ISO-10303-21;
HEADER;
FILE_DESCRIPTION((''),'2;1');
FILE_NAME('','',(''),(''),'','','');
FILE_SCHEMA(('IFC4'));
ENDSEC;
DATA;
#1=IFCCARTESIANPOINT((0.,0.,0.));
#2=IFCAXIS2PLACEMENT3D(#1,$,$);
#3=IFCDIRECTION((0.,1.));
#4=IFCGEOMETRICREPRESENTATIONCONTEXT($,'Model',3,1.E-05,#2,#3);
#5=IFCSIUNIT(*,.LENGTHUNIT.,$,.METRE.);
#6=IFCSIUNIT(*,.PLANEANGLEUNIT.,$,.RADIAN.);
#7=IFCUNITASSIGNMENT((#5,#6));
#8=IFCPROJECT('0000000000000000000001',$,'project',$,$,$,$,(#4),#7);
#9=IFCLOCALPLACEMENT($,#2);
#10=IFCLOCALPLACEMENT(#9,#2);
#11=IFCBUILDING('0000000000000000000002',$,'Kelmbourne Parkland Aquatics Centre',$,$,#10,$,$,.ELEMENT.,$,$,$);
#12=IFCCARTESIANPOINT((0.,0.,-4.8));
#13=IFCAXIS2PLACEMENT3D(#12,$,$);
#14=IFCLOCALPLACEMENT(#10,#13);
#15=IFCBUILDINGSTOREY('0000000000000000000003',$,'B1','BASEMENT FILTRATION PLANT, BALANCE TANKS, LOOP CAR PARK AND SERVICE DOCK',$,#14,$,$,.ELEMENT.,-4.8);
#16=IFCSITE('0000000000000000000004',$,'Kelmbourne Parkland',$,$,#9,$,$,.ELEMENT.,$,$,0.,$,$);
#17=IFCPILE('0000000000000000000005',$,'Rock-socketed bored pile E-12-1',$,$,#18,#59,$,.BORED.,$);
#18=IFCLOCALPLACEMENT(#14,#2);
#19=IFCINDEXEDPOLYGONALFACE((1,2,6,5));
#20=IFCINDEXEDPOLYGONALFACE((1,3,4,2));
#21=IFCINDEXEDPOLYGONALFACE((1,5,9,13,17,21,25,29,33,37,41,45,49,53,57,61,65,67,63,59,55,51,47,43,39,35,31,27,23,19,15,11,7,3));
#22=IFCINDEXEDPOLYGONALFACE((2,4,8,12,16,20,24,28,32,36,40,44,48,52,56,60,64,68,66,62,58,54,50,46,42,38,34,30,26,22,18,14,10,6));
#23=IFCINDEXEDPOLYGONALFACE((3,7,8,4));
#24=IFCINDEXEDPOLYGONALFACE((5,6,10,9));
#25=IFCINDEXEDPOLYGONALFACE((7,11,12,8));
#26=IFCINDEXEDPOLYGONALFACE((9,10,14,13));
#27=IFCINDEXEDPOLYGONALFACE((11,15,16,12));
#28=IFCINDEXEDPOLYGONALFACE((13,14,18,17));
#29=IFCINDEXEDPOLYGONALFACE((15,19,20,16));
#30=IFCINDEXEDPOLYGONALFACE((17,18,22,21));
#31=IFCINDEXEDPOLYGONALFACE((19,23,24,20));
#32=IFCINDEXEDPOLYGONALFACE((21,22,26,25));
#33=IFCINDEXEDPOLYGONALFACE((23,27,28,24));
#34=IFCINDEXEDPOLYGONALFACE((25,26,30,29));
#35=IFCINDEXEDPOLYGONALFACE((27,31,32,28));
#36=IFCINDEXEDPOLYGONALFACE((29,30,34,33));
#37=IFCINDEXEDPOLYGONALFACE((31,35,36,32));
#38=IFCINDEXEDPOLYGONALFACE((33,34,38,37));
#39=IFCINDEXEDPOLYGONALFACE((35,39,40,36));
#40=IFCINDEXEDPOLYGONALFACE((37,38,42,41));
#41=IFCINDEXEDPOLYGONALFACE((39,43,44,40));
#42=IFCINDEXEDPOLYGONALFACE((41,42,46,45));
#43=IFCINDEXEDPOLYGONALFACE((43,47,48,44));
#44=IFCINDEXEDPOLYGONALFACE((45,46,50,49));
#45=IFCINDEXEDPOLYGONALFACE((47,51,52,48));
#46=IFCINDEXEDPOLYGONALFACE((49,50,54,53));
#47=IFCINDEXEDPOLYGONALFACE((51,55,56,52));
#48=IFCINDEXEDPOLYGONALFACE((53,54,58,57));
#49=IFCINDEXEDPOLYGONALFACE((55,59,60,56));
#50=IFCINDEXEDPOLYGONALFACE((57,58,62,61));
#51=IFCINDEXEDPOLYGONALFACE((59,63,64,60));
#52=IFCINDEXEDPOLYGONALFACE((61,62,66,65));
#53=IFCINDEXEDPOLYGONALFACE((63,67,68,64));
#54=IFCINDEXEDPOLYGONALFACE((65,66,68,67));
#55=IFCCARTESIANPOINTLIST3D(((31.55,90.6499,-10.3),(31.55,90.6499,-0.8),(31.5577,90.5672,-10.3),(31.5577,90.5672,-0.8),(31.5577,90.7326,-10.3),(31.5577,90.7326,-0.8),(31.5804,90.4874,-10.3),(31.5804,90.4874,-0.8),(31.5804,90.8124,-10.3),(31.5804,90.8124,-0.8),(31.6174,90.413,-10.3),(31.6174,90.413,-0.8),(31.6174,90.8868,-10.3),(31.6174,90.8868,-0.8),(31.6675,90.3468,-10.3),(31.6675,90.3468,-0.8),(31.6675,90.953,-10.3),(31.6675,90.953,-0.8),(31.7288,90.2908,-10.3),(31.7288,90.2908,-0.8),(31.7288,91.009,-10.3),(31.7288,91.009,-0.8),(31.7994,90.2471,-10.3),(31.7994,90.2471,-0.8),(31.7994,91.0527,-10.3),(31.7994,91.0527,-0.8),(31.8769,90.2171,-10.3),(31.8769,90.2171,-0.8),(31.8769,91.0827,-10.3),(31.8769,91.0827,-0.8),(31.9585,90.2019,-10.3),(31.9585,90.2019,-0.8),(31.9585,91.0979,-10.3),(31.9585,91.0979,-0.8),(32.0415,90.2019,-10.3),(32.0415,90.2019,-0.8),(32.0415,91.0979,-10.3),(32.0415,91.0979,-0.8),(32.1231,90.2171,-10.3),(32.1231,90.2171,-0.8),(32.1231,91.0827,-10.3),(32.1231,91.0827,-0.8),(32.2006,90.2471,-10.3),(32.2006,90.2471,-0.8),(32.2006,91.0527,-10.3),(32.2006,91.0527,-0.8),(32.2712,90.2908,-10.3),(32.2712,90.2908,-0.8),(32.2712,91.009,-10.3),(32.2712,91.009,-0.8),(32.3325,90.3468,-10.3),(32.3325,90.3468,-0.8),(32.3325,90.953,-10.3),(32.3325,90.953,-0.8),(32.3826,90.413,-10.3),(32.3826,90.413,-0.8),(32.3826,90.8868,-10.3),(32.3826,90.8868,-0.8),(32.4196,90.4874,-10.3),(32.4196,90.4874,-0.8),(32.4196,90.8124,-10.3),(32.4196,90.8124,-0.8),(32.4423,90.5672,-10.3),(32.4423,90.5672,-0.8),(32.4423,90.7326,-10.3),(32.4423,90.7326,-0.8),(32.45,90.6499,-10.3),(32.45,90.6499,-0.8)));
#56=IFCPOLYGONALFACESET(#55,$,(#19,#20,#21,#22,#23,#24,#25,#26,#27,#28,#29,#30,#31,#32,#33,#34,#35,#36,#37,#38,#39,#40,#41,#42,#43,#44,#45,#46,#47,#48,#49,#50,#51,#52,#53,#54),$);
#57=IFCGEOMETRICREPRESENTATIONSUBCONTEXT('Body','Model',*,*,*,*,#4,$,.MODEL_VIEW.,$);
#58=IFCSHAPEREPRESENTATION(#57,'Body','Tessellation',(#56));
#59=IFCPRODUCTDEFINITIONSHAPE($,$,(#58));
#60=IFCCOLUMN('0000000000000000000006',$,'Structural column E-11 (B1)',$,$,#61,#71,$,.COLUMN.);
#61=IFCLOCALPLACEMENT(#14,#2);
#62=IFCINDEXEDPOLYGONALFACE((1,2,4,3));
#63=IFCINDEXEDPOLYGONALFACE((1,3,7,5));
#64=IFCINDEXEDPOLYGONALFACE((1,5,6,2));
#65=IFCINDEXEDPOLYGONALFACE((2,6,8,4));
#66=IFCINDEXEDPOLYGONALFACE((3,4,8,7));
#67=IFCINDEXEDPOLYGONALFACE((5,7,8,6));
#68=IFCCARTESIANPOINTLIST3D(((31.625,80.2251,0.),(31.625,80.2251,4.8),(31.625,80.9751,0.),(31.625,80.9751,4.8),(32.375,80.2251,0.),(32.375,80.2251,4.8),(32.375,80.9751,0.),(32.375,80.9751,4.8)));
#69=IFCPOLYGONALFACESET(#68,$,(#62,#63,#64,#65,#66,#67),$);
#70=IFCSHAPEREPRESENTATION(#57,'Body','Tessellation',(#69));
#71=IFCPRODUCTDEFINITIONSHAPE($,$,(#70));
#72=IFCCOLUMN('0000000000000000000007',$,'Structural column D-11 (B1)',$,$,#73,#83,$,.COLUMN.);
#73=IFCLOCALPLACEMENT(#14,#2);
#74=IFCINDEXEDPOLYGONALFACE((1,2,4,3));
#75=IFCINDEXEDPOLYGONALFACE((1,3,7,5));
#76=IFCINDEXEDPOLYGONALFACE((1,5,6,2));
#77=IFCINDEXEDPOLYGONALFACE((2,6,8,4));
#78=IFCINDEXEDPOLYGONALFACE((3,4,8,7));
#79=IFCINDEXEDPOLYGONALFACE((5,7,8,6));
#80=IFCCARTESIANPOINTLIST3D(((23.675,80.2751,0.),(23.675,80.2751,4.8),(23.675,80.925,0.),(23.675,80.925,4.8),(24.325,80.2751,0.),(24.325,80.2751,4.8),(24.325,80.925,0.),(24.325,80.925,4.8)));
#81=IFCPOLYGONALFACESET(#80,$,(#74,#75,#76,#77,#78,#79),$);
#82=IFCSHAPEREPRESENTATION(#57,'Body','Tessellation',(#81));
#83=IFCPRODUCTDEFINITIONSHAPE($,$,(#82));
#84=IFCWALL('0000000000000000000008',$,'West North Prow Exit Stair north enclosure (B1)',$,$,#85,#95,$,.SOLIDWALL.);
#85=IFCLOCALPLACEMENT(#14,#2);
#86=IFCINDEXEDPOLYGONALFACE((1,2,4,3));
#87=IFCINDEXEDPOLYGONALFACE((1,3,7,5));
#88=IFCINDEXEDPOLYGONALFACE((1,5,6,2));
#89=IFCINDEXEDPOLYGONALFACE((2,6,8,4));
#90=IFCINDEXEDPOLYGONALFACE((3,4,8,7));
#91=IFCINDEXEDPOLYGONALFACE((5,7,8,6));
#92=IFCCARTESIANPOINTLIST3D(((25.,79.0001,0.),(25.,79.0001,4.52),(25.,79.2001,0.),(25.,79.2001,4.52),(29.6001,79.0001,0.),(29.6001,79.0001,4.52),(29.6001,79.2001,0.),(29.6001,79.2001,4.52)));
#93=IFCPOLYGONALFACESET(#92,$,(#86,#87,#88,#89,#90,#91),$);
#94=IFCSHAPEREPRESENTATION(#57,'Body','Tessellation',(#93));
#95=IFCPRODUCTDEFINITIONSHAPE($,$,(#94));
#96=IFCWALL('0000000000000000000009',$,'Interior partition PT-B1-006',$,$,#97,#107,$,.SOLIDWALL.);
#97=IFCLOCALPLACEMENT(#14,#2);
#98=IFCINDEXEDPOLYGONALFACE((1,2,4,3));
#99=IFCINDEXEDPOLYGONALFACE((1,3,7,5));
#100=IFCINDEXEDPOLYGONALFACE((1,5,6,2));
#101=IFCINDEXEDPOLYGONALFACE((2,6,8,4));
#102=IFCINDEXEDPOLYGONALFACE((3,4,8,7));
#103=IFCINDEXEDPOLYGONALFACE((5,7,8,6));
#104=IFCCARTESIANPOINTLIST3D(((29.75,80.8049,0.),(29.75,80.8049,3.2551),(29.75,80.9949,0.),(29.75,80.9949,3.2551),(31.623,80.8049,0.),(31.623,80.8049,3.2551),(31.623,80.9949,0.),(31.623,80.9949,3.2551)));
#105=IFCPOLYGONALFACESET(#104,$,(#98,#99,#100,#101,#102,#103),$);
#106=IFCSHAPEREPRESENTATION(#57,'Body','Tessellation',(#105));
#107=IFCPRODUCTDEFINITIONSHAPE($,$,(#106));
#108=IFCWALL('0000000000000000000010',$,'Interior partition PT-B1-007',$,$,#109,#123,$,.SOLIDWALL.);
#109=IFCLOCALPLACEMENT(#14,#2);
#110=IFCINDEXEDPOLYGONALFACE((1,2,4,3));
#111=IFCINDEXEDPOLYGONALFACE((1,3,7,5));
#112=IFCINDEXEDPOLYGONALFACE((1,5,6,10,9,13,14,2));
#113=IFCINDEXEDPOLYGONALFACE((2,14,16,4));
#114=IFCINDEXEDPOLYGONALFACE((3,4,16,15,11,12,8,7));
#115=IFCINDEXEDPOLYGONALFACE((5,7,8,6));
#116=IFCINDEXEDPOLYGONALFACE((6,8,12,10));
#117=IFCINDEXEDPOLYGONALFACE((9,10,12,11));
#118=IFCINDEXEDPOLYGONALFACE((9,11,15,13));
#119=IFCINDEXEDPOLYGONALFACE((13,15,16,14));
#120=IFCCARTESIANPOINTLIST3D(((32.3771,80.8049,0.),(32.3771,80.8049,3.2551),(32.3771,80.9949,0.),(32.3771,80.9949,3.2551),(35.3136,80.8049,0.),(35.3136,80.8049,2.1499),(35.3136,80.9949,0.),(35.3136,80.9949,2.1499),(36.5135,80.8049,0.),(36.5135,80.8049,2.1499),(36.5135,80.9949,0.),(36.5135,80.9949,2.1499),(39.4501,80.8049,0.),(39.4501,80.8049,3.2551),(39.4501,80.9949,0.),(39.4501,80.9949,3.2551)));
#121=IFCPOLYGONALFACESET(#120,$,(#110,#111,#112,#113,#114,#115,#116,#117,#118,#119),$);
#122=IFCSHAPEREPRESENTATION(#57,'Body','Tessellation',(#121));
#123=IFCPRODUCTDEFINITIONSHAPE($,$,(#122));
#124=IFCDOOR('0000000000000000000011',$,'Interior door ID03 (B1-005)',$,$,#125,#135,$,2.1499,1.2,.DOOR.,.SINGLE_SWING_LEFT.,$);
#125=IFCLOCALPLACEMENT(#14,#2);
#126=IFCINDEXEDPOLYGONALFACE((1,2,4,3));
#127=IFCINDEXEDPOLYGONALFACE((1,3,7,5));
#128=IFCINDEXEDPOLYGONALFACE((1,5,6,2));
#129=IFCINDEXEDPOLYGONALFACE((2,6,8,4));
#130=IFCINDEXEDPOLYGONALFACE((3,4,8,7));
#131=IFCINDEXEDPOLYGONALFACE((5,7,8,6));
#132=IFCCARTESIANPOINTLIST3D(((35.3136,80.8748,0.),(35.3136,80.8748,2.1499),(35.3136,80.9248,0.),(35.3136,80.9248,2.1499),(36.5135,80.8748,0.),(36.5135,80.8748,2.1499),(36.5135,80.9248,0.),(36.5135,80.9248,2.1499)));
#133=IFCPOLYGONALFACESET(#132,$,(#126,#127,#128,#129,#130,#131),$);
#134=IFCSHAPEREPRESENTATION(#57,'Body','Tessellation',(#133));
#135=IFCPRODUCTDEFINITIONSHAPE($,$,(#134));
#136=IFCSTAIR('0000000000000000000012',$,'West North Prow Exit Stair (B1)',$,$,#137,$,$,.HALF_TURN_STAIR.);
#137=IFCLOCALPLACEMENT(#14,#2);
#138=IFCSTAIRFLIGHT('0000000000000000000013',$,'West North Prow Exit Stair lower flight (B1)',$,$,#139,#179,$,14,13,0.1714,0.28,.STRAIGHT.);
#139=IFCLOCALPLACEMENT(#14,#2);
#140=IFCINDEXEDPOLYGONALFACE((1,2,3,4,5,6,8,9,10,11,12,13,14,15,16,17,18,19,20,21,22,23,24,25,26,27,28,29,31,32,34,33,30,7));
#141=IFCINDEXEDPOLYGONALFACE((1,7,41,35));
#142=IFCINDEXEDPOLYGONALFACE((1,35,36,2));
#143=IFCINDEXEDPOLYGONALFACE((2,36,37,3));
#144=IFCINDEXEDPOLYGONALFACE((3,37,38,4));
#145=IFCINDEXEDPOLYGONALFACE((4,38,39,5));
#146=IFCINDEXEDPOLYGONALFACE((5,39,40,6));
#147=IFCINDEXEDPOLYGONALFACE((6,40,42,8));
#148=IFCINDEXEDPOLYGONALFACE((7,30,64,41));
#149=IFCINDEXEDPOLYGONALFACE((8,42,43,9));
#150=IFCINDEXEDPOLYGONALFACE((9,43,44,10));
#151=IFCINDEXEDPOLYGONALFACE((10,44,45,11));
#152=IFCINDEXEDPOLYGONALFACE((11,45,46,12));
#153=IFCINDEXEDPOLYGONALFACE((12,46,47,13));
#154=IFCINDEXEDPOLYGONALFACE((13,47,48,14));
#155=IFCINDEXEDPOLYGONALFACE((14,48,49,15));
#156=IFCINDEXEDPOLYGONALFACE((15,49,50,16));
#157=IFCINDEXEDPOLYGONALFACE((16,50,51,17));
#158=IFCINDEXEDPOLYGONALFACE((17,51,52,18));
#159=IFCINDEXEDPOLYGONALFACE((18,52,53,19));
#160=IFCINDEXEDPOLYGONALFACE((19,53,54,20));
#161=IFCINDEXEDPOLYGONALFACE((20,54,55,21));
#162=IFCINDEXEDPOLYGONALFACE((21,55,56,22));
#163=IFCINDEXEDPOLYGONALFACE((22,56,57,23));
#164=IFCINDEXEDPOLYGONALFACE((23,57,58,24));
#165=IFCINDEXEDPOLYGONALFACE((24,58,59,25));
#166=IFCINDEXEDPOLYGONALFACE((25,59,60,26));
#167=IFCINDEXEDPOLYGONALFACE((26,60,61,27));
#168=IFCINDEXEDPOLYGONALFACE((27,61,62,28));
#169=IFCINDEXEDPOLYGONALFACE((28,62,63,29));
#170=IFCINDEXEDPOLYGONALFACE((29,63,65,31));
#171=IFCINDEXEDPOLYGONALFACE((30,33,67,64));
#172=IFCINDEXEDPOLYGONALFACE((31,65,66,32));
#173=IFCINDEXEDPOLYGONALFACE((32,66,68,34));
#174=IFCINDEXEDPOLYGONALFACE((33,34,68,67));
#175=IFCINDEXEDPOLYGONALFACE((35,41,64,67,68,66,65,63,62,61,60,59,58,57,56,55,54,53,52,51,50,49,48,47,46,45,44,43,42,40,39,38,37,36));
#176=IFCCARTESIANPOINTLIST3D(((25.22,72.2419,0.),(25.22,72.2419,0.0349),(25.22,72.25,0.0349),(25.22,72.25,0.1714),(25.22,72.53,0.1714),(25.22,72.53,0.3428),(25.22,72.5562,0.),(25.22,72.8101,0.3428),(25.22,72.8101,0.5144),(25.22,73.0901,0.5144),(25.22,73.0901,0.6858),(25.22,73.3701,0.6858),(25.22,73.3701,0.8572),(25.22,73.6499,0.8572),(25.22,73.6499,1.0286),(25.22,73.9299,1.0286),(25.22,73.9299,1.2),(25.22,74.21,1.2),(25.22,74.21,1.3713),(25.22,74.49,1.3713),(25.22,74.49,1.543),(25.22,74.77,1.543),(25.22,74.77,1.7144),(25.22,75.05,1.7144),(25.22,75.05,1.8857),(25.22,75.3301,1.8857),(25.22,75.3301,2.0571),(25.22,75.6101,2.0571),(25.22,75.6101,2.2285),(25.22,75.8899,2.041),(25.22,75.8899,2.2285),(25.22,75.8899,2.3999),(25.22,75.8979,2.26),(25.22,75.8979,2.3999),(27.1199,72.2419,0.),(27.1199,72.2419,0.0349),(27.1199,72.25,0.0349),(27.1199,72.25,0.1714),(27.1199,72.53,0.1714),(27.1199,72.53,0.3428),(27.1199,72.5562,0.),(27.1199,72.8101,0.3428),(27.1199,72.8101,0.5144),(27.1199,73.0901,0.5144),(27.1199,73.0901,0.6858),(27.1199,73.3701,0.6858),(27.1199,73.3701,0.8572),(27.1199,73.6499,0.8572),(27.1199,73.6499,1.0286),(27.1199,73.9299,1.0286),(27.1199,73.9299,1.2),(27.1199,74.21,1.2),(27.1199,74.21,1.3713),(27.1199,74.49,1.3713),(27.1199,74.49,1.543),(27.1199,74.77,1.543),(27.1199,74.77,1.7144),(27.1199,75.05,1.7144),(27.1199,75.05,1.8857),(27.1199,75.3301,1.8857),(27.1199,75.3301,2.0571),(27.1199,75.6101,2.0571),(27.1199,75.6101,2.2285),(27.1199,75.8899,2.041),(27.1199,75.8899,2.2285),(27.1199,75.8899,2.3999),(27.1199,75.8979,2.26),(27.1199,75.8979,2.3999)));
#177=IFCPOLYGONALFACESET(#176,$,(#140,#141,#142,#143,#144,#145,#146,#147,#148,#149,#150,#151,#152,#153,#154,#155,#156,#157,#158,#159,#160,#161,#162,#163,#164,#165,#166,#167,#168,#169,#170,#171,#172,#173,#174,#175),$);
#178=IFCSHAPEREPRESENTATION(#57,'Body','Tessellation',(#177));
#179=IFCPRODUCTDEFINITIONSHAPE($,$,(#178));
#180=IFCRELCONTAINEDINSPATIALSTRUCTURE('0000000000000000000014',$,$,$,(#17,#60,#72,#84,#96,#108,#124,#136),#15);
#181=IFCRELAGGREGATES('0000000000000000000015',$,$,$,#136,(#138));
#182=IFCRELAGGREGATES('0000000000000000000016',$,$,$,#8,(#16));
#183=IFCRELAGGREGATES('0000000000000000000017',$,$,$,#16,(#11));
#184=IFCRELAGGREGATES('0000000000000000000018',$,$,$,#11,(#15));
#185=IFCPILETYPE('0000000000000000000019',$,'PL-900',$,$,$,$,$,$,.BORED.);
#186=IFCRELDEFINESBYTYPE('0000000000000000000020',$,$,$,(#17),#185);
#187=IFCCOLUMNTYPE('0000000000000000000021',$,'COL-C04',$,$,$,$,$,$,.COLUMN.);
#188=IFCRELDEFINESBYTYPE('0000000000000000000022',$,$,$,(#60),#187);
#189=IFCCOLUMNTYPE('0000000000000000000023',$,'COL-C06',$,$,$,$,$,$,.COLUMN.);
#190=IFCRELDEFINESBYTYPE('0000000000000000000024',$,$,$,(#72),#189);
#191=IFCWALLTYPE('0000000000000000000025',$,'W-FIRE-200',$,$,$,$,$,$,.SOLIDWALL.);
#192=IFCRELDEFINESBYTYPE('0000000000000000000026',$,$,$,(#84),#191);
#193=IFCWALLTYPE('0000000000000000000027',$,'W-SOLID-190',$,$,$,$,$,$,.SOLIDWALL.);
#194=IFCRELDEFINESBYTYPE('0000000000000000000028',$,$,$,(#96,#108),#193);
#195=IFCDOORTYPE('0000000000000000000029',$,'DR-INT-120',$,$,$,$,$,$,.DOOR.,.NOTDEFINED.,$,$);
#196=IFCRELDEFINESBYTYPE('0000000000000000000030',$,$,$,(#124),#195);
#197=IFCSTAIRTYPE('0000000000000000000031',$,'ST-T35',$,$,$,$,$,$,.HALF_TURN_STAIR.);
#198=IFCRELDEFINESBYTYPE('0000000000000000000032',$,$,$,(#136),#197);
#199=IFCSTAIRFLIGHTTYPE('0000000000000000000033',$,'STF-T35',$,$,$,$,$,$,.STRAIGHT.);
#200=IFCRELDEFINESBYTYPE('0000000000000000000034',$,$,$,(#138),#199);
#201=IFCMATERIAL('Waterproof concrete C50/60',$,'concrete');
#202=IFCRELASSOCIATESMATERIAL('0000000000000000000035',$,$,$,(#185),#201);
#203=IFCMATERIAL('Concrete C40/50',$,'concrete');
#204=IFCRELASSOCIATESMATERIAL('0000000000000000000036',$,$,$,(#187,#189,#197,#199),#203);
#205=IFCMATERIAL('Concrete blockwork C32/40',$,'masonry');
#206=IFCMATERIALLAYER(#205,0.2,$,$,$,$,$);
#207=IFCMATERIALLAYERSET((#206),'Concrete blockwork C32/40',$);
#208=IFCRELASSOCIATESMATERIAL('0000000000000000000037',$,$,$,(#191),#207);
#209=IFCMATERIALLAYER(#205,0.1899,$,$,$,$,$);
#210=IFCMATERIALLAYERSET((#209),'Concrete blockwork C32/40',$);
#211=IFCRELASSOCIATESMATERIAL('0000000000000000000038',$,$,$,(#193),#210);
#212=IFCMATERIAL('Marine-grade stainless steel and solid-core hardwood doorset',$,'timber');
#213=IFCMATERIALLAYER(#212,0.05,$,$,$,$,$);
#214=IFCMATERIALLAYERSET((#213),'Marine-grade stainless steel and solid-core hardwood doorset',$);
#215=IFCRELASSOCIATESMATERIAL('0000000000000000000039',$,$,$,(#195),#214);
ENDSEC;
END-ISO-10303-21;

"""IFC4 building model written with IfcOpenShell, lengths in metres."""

from ifc_helpers import new_model, si_unit, direction, frame, frame_2d, origin, origin_2d, place, context, subcontext, project, spatial, polyline, rectangle, circle, outline, extrude, material, layer, layer_set, material_profile, profile_set, type_object, element, fill, aggregate, save


model = new_model("IFC4")

# Units and contexts
model_context = context("Model", 3, precision=1e-05, world=origin(), true_north=direction((0.0, 1.0)))
body_context = subcontext(model_context, "Body", "Model", "MODEL_VIEW")
ifc_project = project(units=[si_unit("LENGTHUNIT", "METRE"), si_unit("PLANEANGLEUNIT", "RADIAN")], contexts=[model_context])

# Site, building, storey
site_placement = place(None, origin())
site = spatial("IfcSite", under=ifc_project, at=site_placement, Name="Kelmbourne Parkland", CompositionType="ELEMENT", RefElevation=0.0)
building_placement = place(site_placement, origin())
building = spatial("IfcBuilding", under=site, at=building_placement, Name="Kelmbourne Parkland Aquatics Centre", CompositionType="ELEMENT")
storey_placement = place(building_placement, frame((0.0, 0.0, -4.8)))
storey = spatial("IfcBuildingStorey", under=building, at=storey_placement, Name="B1", Description="BASEMENT FILTRATION PLANT, BALANCE TANKS, LOOP CAR PARK AND SERVICE DOCK", CompositionType="ELEMENT", Elevation=-4.8)

# Shared definitions
ifc_material_1 = material(Name="Waterproof concrete C50/60", Category="concrete")

# Pile
ifc_material_profile_1 = material_profile(ifc_material_1, circle(Radius=0.45, at=origin_2d()), Name="PILE D900")
ifc_profile_set_1 = profile_set([ifc_material_profile_1], Name="Waterproof concrete C50/60")
pile_type_1 = type_object("IfcPileType", Name="PL-900", PredefinedType="BORED", material=ifc_profile_set_1)
pile_1_placement = place(storey_placement, frame((32.0, 90.6499, -0.8), z_axis=(0.0, 0.0, -1.0), x_axis=(1.0, 0.0, 0.0)))
element("IfcPile", 1, at=pile_1_placement, inside=storey, type_object=pile_type_1, Name="Rock-socketed bored pile E-12-1", PredefinedType="BORED", context=body_context, shape_type="SweptSolid", body=[
    extrude(circle(Radius=0.45, at=origin_2d()), origin(), (0.0, 0.0, 1.0), 9.5),
])

# Columns
ifc_material_2 = material(Name="Concrete C40/50", Category="concrete")
ifc_material_profile_2 = material_profile(ifc_material_2, rectangle(XDim=0.75, YDim=0.75, at=origin_2d()), Name="RC 750x750")
ifc_profile_set_2 = profile_set([ifc_material_profile_2], Name="Concrete C40/50")
column_type_1 = type_object("IfcColumnType", Name="COL-C04", PredefinedType="COLUMN", material=ifc_profile_set_2)
column_1_placement = place(storey_placement, frame((32.0, 80.6001, 0.0), z_axis=(0.0, 0.0, 1.0), x_axis=(1.0, 0.0, 0.0)))
element("IfcColumn", 2, at=column_1_placement, inside=storey, type_object=column_type_1, Name="Structural column E-11 (B1)", PredefinedType="COLUMN", context=body_context, shape_type="SweptSolid", body=[
    extrude(rectangle(XDim=0.75, YDim=0.75, at=origin_2d()), origin(), (0.0, 0.0, 1.0), 4.8),
])
ifc_material_profile_3 = material_profile(ifc_material_2, rectangle(XDim=0.6499, YDim=0.6499, at=origin_2d()), Name="RC 650x650")
ifc_profile_set_3 = profile_set([ifc_material_profile_3], Name="Concrete C40/50")
column_type_2 = type_object("IfcColumnType", Name="COL-C06", PredefinedType="COLUMN", material=ifc_profile_set_3)
column_2_placement = place(storey_placement, frame((24.0, 80.6001, 0.0), z_axis=(0.0, 0.0, 1.0), x_axis=(1.0, 0.0, 0.0)))
element("IfcColumn", 3, at=column_2_placement, inside=storey, type_object=column_type_2, Name="Structural column D-11 (B1)", PredefinedType="COLUMN", context=body_context, shape_type="SweptSolid", body=[
    extrude(rectangle(XDim=0.6499, YDim=0.6499, at=origin_2d()), origin(), (0.0, 0.0, 1.0), 4.8),
])

# Walls
ifc_material_3 = material(Name="Concrete blockwork C32/40", Category="masonry")
ifc_layer_1 = layer(ifc_material_3, 0.2)
ifc_layer_set_1 = layer_set([ifc_layer_1], Name="Concrete blockwork C32/40")
wall_type_1 = type_object("IfcWallType", Name="W-FIRE-200", PredefinedType="SOLIDWALL", material=ifc_layer_set_1)
wall_1_placement = place(storey_placement, frame((25.0, 79.1001, 0.0), z_axis=(0.0, 0.0, 1.0), x_axis=(1.0, 0.0, 0.0)))
element("IfcWall", 4, at=wall_1_placement, inside=storey, type_object=wall_type_1, Name="West North Prow Exit Stair north enclosure (B1)", PredefinedType="SOLIDWALL", context=body_context, shape_type="SweptSolid", body=[
    extrude(rectangle(XDim=4.6001, YDim=0.2, at=frame_2d((2.3, 0.0))), origin(), (0.0, 0.0, 1.0), 4.52),
])
ifc_layer_2 = layer(ifc_material_3, 0.1899)
ifc_layer_set_2 = layer_set([ifc_layer_2], Name="Concrete blockwork C32/40")
wall_type_2 = type_object("IfcWallType", Name="W-SOLID-190", PredefinedType="SOLIDWALL", material=ifc_layer_set_2)
wall_2_placement = place(storey_placement, frame((29.75, 80.8999, 0.0), z_axis=(0.0, 0.0, 1.0), x_axis=(1.0, 0.0, 0.0)))
element("IfcWall", 5, at=wall_2_placement, inside=storey, type_object=wall_type_2, Name="Interior partition PT-B1-006", PredefinedType="SOLIDWALL", context=body_context, shape_type="SweptSolid", body=[
    extrude(rectangle(XDim=1.873, YDim=0.1899, at=frame_2d((0.9365, 0.0))), origin(), (0.0, 0.0, 1.0), 3.2551),
])

# Wall, opening, door
wall_3_placement = place(storey_placement, frame((32.377, 80.8999, 0.0), z_axis=(0.0, 0.0, 1.0), x_axis=(1.0, 0.0, 0.0)))
wall_3 = element("IfcWall", 6, at=wall_3_placement, inside=storey, type_object=wall_type_2, Name="Interior partition PT-B1-007", PredefinedType="SOLIDWALL", context=body_context, shape_type="SweptSolid", body=[
    extrude(rectangle(XDim=7.073, YDim=0.1899, at=frame_2d((3.5366, 0.0))), origin(), (0.0, 0.0, 1.0), 3.2551),
])
opening_placement = place(wall_3_placement, frame((2.9365, 0.0, 0.0)))
opening = element("IfcOpeningElement", 7, at=opening_placement, cuts=wall_3, PredefinedType="OPENING", context=body_context, shape_type="SweptSolid", body=[
    extrude(rectangle(XDim=1.2, YDim=2.1499, at=frame_2d((0.6001, 1.075))), frame((0.0, 0.1069, 0.0), z_axis=(0.0, -1.0, 0.0), x_axis=(1.0, 0.0, 0.0)), (0.0, 0.0, 1.0), 0.2139),
])
ifc_material_4 = material(Name="Marine-grade stainless steel and solid-core hardwood doorset", Category="timber")
ifc_layer_3 = layer(ifc_material_4, 0.05)
ifc_layer_set_3 = layer_set([ifc_layer_3], Name="Marine-grade stainless steel and solid-core hardwood doorset")
door_type = type_object("IfcDoorType", Name="DR-INT-120", OperationType="NOTDEFINED", PredefinedType="DOOR", material=ifc_layer_set_3)
door_placement = place(opening_placement, origin())
door = element("IfcDoor", 8, at=door_placement, inside=storey, type_object=door_type, Name="Interior door ID03 (B1-005)", OperationType="SINGLE_SWING_LEFT", OverallHeight=2.1499, OverallWidth=1.2, PredefinedType="DOOR", context=body_context, shape_type="SweptSolid", body=[
    extrude(rectangle(XDim=1.2, YDim=2.1499, at=frame_2d((0.6001, 1.075))), frame((0.0, 0.0249, 0.0), z_axis=(0.0, -1.0, 0.0), x_axis=(1.0, 0.0, 0.0)), (0.0, 0.0, 1.0), 0.05),
])
fill(opening, door)

# Stair, stair flight
stair_type = type_object("IfcStairType", Name="ST-T35", PredefinedType="HALF_TURN_STAIR", material=ifc_material_2)
stair_placement = place(storey_placement, origin())
stair = element("IfcStair", 9, at=stair_placement, inside=storey, type_object=stair_type, Name="West North Prow Exit Stair (B1)", PredefinedType="HALF_TURN_STAIR")
stair_flight_type = type_object("IfcStairFlightType", Name="STF-T35", PredefinedType="STRAIGHT", material=ifc_material_2)
stair_flight_1_placement = place(storey_placement, frame((26.1699, 72.25, 0.0), z_axis=(0.0, 0.0, 1.0), x_axis=(0.0, 1.0, 0.0)))
stair_flight_1 = element("IfcStairFlight", 10, at=stair_flight_1_placement, type_object=stair_flight_type, Name="West North Prow Exit Stair lower flight (B1)", NumberOfRisers=14, NumberOfTreads=13, PredefinedType="STRAIGHT", RiserHeight=0.1714, TreadLength=0.28, context=body_context, shape_type="SweptSolid", body=[
    extrude(outline(polyline([(-0.0081, 0.0), (-0.0081, 0.0349), (0.0, 0.0349), (0.0, 0.1714), (0.28, 0.1714), (0.28, 0.3428), (0.5601, 0.3428), (0.5601, 0.5144), (0.8401, 0.5144), (0.8401, 0.6858), (1.1201, 0.6858), (1.1201, 0.8572), (1.3999, 0.8572), (1.3999, 1.0286), (1.6799, 1.0286), (1.6799, 1.2), (1.96, 1.2), (1.96, 1.3713), (2.24, 1.3713), (2.24, 1.543), (2.52, 1.543), (2.52, 1.7144), (2.8, 1.7144), (2.8, 1.8857), (3.0801, 1.8857), (3.0801, 2.0571), (3.3601, 2.0571), (3.3601, 2.2285), (3.6399, 2.2285), (3.6399, 2.3999), (3.6479, 2.3999), (3.6479, 2.26), (3.6399, 2.041), (0.3062, 0.0), (-0.0081, 0.0)])), frame((0.0, 0.95, 0.0), z_axis=(0.0, -1.0, 0.0), x_axis=(1.0, 0.0, 0.0)), (0.0, 0.0, 1.0), 1.8999),
])
aggregate(stair, [stair_flight_1])

save(model, "model.ifc")
